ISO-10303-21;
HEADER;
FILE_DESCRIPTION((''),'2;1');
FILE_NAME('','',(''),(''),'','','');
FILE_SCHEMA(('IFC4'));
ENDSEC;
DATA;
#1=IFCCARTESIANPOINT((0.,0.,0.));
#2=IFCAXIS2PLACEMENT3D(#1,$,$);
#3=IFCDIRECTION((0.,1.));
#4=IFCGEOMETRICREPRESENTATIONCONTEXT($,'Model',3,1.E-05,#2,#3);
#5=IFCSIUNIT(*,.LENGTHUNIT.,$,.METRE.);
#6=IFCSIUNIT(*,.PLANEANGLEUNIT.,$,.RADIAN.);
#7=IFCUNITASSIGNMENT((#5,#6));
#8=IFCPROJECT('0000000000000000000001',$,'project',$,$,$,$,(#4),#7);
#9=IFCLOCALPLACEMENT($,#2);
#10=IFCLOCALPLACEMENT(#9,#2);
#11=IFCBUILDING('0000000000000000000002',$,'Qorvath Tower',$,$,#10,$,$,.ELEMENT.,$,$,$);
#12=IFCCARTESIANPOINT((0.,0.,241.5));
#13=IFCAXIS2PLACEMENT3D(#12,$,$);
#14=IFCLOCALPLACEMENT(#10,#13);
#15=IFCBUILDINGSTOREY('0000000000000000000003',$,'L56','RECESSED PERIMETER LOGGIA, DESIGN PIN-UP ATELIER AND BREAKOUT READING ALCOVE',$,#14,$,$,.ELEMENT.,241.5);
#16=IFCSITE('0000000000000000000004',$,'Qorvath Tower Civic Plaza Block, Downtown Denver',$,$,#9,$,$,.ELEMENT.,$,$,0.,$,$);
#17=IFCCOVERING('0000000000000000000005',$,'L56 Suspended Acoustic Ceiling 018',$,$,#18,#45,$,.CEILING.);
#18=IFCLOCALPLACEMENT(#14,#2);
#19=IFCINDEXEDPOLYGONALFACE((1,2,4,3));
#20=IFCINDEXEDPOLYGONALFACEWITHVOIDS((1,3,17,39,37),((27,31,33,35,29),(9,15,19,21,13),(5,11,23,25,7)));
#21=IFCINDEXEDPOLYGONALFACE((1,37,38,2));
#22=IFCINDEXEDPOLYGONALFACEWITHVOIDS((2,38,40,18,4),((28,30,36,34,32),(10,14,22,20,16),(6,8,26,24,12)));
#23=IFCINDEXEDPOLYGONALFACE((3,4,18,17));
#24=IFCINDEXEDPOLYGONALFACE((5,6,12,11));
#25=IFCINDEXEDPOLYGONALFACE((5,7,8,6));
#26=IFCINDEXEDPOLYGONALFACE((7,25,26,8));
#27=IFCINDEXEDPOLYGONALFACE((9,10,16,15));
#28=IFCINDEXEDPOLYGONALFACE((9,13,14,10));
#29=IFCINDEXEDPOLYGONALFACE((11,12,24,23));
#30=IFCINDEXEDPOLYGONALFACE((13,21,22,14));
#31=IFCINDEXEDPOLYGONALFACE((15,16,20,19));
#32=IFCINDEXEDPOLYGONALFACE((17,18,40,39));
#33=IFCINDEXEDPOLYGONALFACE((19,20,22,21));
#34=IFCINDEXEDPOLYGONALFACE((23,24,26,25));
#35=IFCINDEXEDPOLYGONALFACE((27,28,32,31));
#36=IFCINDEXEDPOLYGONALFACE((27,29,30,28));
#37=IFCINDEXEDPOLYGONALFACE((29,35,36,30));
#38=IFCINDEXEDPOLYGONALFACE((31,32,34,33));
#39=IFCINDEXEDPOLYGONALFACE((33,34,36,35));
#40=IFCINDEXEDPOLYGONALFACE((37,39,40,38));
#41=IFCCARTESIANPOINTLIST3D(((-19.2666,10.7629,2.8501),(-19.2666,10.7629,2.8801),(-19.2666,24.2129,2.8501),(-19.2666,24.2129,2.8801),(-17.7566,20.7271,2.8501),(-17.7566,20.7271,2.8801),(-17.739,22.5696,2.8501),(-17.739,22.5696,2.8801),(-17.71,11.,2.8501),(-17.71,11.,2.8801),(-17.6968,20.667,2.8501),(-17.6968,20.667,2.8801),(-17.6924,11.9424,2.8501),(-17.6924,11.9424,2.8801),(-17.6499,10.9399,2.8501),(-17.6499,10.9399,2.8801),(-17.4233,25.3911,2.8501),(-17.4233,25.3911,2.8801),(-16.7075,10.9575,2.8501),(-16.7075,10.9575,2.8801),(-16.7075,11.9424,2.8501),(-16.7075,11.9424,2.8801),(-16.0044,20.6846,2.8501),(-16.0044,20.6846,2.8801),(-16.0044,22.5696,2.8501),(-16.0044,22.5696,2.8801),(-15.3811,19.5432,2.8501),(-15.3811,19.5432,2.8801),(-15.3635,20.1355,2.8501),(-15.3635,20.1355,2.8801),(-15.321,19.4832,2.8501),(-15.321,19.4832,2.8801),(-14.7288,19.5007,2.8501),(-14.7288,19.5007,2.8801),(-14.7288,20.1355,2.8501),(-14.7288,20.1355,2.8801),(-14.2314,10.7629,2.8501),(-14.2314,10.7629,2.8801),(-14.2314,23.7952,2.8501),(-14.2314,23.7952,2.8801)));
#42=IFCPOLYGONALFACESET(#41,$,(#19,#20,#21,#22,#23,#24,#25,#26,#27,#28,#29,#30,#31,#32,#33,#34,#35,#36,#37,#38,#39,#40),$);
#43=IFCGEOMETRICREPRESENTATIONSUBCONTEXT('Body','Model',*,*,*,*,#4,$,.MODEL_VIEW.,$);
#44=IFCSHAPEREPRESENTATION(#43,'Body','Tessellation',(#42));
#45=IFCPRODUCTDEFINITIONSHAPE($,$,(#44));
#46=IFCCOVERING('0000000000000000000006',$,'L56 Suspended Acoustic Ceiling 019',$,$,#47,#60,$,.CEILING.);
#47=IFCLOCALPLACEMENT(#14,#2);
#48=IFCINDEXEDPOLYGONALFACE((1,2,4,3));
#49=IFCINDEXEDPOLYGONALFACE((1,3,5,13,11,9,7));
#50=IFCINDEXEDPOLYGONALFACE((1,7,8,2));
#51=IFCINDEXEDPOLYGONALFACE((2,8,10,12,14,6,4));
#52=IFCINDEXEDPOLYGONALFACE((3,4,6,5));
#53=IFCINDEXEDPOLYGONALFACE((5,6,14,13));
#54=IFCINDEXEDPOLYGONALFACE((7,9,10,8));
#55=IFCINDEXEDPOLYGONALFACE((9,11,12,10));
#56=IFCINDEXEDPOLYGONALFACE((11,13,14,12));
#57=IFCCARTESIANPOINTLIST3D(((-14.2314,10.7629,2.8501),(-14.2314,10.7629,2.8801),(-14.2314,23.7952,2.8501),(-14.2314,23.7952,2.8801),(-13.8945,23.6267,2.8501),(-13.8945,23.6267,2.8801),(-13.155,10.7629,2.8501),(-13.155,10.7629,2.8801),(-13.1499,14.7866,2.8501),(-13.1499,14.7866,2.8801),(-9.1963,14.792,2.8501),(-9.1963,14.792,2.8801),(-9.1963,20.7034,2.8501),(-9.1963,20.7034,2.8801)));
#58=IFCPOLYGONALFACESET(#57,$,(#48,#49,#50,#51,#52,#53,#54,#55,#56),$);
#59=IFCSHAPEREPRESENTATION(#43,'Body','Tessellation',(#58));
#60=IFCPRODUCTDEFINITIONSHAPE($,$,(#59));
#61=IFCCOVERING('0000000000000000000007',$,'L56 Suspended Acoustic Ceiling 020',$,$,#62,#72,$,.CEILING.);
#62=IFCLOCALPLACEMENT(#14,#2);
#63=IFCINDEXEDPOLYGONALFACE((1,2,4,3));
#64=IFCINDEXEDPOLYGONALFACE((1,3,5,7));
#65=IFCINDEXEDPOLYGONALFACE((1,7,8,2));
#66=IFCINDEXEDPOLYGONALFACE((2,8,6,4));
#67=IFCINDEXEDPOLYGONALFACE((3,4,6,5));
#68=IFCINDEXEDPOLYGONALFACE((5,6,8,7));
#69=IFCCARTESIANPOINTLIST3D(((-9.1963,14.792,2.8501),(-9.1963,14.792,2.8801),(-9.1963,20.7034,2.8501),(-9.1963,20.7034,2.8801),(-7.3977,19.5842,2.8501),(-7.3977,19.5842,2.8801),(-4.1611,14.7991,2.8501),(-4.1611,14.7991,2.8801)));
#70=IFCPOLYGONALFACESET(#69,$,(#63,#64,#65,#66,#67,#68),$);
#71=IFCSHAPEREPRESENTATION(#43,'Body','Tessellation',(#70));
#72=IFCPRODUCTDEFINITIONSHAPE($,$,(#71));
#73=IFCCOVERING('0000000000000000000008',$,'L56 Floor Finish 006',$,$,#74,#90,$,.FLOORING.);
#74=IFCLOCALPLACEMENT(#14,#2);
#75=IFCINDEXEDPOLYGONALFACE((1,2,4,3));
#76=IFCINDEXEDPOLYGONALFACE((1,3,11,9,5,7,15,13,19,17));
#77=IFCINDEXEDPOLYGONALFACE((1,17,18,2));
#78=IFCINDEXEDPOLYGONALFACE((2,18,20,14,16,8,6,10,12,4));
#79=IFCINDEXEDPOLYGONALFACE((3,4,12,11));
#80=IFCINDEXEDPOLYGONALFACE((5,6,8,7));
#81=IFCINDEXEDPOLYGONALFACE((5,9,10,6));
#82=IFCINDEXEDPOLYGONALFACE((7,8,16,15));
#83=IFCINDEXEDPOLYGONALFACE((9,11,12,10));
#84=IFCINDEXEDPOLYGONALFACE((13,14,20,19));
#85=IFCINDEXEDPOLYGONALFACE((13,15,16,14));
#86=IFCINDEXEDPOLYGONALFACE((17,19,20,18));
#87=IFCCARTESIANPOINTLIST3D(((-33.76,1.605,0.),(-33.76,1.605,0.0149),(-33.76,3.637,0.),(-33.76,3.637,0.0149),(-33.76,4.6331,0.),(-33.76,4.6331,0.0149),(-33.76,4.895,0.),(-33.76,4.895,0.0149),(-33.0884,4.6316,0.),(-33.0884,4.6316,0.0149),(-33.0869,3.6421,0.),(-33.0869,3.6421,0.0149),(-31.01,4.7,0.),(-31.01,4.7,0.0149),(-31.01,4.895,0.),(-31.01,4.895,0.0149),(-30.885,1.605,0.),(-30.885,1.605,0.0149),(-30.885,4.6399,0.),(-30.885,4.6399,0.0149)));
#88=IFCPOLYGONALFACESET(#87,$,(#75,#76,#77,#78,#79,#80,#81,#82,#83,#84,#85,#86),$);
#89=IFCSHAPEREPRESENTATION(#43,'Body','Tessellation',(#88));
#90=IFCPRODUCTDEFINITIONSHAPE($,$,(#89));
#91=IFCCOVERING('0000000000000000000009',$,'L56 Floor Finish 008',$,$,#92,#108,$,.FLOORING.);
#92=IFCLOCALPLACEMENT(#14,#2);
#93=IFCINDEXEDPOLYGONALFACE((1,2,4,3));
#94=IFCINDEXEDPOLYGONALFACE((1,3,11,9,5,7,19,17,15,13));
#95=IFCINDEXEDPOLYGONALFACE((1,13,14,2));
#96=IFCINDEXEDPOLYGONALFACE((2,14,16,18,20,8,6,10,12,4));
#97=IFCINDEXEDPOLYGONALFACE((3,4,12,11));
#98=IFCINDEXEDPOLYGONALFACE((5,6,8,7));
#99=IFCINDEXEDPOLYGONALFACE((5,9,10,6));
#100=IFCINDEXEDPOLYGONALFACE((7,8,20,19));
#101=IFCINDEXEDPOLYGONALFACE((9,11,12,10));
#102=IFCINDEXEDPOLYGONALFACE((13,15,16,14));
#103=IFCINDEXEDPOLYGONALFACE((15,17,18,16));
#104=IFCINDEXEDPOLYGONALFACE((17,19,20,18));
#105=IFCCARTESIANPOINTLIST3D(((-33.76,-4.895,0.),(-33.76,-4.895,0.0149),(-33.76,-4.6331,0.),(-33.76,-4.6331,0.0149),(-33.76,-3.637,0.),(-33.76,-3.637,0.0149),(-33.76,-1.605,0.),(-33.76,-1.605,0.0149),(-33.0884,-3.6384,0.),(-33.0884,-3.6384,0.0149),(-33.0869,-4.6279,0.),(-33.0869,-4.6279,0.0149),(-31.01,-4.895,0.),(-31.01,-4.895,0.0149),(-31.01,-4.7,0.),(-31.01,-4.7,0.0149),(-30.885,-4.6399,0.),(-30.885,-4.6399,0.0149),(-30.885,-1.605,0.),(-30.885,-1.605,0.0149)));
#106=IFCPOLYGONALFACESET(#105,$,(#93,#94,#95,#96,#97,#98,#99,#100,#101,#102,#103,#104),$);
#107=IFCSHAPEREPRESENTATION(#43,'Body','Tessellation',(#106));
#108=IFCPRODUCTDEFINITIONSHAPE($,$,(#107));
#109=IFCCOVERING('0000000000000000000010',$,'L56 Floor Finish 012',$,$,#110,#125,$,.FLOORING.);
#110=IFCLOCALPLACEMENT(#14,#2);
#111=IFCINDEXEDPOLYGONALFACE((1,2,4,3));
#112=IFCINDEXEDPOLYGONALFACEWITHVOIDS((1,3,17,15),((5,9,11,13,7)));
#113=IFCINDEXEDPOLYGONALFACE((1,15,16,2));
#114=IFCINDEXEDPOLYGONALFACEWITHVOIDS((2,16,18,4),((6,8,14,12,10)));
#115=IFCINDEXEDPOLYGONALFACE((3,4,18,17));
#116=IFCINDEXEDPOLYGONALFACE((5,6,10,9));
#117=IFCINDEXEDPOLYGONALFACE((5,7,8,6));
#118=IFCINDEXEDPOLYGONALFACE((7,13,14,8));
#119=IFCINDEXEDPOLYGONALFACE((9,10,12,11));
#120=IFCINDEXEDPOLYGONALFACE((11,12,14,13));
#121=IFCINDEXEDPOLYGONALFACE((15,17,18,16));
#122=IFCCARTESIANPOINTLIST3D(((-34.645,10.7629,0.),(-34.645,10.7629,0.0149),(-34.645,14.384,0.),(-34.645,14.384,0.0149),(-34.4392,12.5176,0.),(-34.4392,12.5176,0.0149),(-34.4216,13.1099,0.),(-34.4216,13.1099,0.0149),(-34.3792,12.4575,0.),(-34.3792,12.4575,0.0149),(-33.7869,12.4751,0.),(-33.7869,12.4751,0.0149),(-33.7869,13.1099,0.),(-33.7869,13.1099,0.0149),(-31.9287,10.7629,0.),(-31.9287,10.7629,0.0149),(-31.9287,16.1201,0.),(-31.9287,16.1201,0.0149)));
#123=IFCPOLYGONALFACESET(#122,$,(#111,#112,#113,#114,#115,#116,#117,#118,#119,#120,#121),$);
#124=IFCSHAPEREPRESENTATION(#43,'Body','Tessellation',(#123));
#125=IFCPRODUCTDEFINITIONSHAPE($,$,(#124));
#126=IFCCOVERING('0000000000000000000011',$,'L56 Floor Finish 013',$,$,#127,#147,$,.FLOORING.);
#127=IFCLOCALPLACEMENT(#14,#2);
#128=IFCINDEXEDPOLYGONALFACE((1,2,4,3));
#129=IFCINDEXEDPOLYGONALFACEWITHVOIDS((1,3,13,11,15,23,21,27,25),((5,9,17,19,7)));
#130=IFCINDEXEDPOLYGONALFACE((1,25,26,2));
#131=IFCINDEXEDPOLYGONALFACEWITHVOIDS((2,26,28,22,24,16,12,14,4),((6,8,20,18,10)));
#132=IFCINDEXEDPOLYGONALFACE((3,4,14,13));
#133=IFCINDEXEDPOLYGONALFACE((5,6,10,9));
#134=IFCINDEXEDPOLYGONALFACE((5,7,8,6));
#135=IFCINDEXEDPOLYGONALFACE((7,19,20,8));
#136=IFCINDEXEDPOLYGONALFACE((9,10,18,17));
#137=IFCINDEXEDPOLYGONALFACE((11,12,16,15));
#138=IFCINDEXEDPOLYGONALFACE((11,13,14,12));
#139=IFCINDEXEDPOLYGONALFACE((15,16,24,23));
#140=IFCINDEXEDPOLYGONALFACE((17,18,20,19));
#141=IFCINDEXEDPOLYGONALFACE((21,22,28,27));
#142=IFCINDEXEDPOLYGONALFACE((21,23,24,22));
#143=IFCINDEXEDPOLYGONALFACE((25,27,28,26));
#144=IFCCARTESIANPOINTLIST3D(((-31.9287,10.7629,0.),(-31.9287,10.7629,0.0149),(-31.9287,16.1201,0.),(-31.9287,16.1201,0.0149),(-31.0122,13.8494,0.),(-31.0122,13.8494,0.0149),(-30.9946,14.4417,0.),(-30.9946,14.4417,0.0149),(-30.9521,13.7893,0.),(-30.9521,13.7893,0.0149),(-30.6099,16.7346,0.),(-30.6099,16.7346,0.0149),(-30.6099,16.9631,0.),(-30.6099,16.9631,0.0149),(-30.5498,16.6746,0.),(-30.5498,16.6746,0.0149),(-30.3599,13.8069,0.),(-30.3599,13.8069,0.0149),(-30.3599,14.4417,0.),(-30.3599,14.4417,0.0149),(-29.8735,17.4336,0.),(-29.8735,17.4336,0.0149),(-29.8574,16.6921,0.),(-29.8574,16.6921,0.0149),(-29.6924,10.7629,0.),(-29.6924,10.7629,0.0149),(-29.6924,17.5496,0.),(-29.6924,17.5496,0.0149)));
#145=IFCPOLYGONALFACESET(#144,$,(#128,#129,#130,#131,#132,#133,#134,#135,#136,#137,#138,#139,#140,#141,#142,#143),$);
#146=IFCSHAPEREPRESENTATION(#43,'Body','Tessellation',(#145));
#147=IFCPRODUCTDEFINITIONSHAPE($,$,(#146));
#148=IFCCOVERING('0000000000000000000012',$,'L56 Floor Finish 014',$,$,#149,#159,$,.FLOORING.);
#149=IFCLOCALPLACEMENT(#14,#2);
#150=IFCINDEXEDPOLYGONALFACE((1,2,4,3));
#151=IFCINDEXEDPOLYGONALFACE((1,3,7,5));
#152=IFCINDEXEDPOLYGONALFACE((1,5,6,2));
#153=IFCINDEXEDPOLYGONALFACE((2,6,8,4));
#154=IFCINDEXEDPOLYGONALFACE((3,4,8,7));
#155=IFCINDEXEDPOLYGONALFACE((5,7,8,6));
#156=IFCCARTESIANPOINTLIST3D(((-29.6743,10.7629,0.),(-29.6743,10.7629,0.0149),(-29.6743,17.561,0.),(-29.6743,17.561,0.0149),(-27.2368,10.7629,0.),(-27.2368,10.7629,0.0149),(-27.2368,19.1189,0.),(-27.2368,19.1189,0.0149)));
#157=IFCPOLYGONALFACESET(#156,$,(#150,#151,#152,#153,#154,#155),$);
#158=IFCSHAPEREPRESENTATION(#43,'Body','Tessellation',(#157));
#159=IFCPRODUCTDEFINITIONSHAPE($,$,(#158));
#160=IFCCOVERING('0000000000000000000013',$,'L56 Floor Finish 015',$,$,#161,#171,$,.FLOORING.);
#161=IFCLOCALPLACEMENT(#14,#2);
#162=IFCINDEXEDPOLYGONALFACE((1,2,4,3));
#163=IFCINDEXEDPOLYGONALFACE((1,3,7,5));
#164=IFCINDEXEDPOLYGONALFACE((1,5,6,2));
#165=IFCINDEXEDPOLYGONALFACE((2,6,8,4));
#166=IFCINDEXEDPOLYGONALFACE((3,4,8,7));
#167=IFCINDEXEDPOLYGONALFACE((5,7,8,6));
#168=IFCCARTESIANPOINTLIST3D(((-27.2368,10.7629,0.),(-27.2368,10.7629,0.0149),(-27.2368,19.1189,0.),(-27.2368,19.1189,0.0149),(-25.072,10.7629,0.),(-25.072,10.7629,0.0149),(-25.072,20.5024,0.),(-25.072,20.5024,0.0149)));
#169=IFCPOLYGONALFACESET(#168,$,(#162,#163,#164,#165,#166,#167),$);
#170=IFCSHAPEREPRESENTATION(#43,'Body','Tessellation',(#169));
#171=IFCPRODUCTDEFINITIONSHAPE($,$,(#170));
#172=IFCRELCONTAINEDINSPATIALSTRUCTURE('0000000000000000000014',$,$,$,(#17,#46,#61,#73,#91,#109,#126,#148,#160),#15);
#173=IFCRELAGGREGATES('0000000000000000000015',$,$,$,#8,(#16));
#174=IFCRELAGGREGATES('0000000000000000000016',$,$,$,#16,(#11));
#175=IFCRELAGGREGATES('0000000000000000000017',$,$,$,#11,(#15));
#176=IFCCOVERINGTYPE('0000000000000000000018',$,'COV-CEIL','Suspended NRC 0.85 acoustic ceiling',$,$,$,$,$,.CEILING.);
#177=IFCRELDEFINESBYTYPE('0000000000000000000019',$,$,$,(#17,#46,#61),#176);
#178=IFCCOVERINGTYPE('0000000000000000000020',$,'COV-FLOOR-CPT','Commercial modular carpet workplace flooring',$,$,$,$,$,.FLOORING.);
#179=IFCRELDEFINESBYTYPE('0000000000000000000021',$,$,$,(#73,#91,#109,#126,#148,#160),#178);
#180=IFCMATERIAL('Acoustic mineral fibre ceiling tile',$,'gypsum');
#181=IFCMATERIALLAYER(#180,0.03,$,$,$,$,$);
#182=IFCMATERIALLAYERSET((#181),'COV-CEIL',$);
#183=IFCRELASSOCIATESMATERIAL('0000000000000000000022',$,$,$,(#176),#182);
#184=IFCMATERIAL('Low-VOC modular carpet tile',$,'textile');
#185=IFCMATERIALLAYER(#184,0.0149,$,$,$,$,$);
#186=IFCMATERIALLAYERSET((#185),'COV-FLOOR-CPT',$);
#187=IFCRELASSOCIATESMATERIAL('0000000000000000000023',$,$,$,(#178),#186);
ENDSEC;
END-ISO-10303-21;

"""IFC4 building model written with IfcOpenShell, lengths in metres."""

from ifc_helpers import new_model, si_unit, direction, frame, origin, place, context, subcontext, project, spatial, polyline, outline, extrude, material, layer, layer_set, type_object, element, save


model = new_model("IFC4")

# Units and contexts
model_context = context("Model", 3, precision=1e-05, world=origin(), true_north=direction((0.0, 1.0)))
body_context = subcontext(model_context, "Body", "Model", "MODEL_VIEW")
ifc_project = project(units=[si_unit("LENGTHUNIT", "METRE"), si_unit("PLANEANGLEUNIT", "RADIAN")], contexts=[model_context])

# Site, building, storey
site_placement = place(None, origin())
site = spatial("IfcSite", under=ifc_project, at=site_placement, Name="Qorvath Tower Civic Plaza Block, Downtown Denver", CompositionType="ELEMENT", RefElevation=0.0)
building_placement = place(site_placement, origin())
building = spatial("IfcBuilding", under=site, at=building_placement, Name="Qorvath Tower", CompositionType="ELEMENT")
storey_placement = place(building_placement, frame((0.0, 0.0, 241.5)))
storey = spatial("IfcBuildingStorey", under=building, at=storey_placement, Name="L56", Description="RECESSED PERIMETER LOGGIA, DESIGN PIN-UP ATELIER AND BREAKOUT READING ALCOVE", CompositionType="ELEMENT", Elevation=241.5)

# Coverings
ifc_material_1 = material(Name="Acoustic mineral fibre ceiling tile", Category="gypsum")
ifc_layer_1 = layer(ifc_material_1, 0.03)
ifc_layer_set_1 = layer_set([ifc_layer_1], Name="COV-CEIL")
covering_type_1 = type_object("IfcCoveringType", Name="COV-CEIL", Description="Suspended NRC 0.85 acoustic ceiling", PredefinedType="CEILING", material=ifc_layer_set_1)
covering_1_placement = place(storey_placement, frame((0.0, 0.0, 2.8501)))
element("IfcCovering", 1, at=covering_1_placement, inside=storey, type_object=covering_type_1, Name="L56 Suspended Acoustic Ceiling 018", PredefinedType="CEILING", context=body_context, shape_type="SweptSolid", body=[
    extrude(outline(polyline([(-14.2314, 10.7629), (-14.2314, 23.7952), (-17.4233, 25.3911), (-19.2666, 24.2129), (-19.2666, 10.7629), (-14.2314, 10.7629)]), holes=[polyline([(-15.3811, 19.5432), (-15.3635, 20.1355), (-14.7288, 20.1355), (-14.7288, 19.5007), (-15.321, 19.4832), (-15.3811, 19.5432)]), polyline([(-17.7566, 20.7271), (-17.739, 22.5696), (-16.0044, 22.5696), (-16.0044, 20.6846), (-17.6968, 20.667), (-17.7566, 20.7271)]), polyline([(-17.71, 11.0), (-17.6924, 11.9424), (-16.7075, 11.9424), (-16.7075, 10.9575), (-17.6499, 10.9399), (-17.71, 11.0)])]), origin(), (0.0, 0.0, 1.0), 0.03),
])
covering_2_placement = place(storey_placement, frame((0.0, 0.0, 2.8501)))
element("IfcCovering", 2, at=covering_2_placement, inside=storey, type_object=covering_type_1, Name="L56 Suspended Acoustic Ceiling 019", PredefinedType="CEILING", context=body_context, shape_type="SweptSolid", body=[
    extrude(outline(polyline([(-9.1963, 14.792), (-9.1963, 20.7034), (-13.8945, 23.6267), (-14.2314, 23.7952), (-14.2314, 10.7629), (-13.155, 10.7629), (-13.1499, 14.7866), (-9.1963, 14.792)])), origin(), (0.0, 0.0, 1.0), 0.03),
])
covering_3_placement = place(storey_placement, frame((0.0, 0.0, 2.8501)))
element("IfcCovering", 3, at=covering_3_placement, inside=storey, type_object=covering_type_1, Name="L56 Suspended Acoustic Ceiling 020", PredefinedType="CEILING", context=body_context, shape_type="SweptSolid", body=[
    extrude(outline(polyline([(-4.1611, 14.7991), (-7.3977, 19.5842), (-9.1963, 20.7034), (-9.1963, 14.792), (-4.1611, 14.7991)])), origin(), (0.0, 0.0, 1.0), 0.03),
])
ifc_material_2 = material(Name="Low-VOC modular carpet tile", Category="textile")
ifc_layer_2 = layer(ifc_material_2, 0.0149)
ifc_layer_set_2 = layer_set([ifc_layer_2], Name="COV-FLOOR-CPT")
covering_type_2 = type_object("IfcCoveringType", Name="COV-FLOOR-CPT", Description="Commercial modular carpet workplace flooring", PredefinedType="FLOORING", material=ifc_layer_set_2)
covering_4_placement = place(storey_placement, origin())
element("IfcCovering", 4, at=covering_4_placement, inside=storey, type_object=covering_type_2, Name="L56 Floor Finish 006", PredefinedType="FLOORING", context=body_context, shape_type="SweptSolid", body=[
    extrude(outline(polyline([(-31.01, 4.895), (-33.76, 4.895), (-33.76, 4.6331), (-33.0884, 4.6316), (-33.0869, 3.6421), (-33.76, 3.637), (-33.76, 1.605), (-30.885, 1.605), (-30.885, 4.6399), (-31.01, 4.7), (-31.01, 4.895)])), origin(), (0.0, 0.0, 1.0), 0.0149),
])
covering_5_placement = place(storey_placement, origin())
element("IfcCovering", 5, at=covering_5_placement, inside=storey, type_object=covering_type_2, Name="L56 Floor Finish 008", PredefinedType="FLOORING", context=body_context, shape_type="SweptSolid", body=[
    extrude(outline(polyline([(-30.885, -1.605), (-33.76, -1.605), (-33.76, -3.637), (-33.0884, -3.6384), (-33.0869, -4.6279), (-33.76, -4.6331), (-33.76, -4.895), (-31.01, -4.895), (-31.01, -4.7), (-30.885, -4.6399), (-30.885, -1.605)])), origin(), (0.0, 0.0, 1.0), 0.0149),
])
covering_6_placement = place(storey_placement, origin())
element("IfcCovering", 6, at=covering_6_placement, inside=storey, type_object=covering_type_2, Name="L56 Floor Finish 012", PredefinedType="FLOORING", context=body_context, shape_type="SweptSolid", body=[
    extrude(outline(polyline([(-31.9287, 10.7629), (-31.9287, 16.1201), (-34.645, 14.384), (-34.645, 10.7629), (-31.9287, 10.7629)]), holes=[polyline([(-34.4392, 12.5176), (-34.4216, 13.1099), (-33.7869, 13.1099), (-33.7869, 12.4751), (-34.3792, 12.4575), (-34.4392, 12.5176)])]), origin(), (0.0, 0.0, 1.0), 0.0149),
])
covering_7_placement = place(storey_placement, origin())
element("IfcCovering", 7, at=covering_7_placement, inside=storey, type_object=covering_type_2, Name="L56 Floor Finish 013", PredefinedType="FLOORING", context=body_context, shape_type="SweptSolid", body=[
    extrude(outline(polyline([(-29.6924, 10.7629), (-29.6924, 17.5496), (-29.8735, 17.4336), (-29.8574, 16.6921), (-30.5498, 16.6746), (-30.6099, 16.7346), (-30.6099, 16.9631), (-31.9287, 16.1201), (-31.9287, 10.7629), (-29.6924, 10.7629)]), holes=[polyline([(-31.0122, 13.8494), (-30.9946, 14.4417), (-30.3599, 14.4417), (-30.3599, 13.8069), (-30.9521, 13.7893), (-31.0122, 13.8494)])]), origin(), (0.0, 0.0, 1.0), 0.0149),
])
covering_8_placement = place(storey_placement, origin())
element("IfcCovering", 8, at=covering_8_placement, inside=storey, type_object=covering_type_2, Name="L56 Floor Finish 014", PredefinedType="FLOORING", context=body_context, shape_type="SweptSolid", body=[
    extrude(outline(polyline([(-29.6743, 17.561), (-29.6743, 10.7629), (-27.2368, 10.7629), (-27.2368, 19.1189), (-29.6743, 17.561)])), origin(), (0.0, 0.0, 1.0), 0.0149),
])
covering_9_placement = place(storey_placement, origin())
element("IfcCovering", 9, at=covering_9_placement, inside=storey, type_object=covering_type_2, Name="L56 Floor Finish 015", PredefinedType="FLOORING", context=body_context, shape_type="SweptSolid", body=[
    extrude(outline(polyline([(-27.2368, 19.1189), (-27.2368, 10.7629), (-25.072, 10.7629), (-25.072, 20.5024), (-27.2368, 19.1189)])), origin(), (0.0, 0.0, 1.0), 0.0149),
])

save(model, "model.ifc")
